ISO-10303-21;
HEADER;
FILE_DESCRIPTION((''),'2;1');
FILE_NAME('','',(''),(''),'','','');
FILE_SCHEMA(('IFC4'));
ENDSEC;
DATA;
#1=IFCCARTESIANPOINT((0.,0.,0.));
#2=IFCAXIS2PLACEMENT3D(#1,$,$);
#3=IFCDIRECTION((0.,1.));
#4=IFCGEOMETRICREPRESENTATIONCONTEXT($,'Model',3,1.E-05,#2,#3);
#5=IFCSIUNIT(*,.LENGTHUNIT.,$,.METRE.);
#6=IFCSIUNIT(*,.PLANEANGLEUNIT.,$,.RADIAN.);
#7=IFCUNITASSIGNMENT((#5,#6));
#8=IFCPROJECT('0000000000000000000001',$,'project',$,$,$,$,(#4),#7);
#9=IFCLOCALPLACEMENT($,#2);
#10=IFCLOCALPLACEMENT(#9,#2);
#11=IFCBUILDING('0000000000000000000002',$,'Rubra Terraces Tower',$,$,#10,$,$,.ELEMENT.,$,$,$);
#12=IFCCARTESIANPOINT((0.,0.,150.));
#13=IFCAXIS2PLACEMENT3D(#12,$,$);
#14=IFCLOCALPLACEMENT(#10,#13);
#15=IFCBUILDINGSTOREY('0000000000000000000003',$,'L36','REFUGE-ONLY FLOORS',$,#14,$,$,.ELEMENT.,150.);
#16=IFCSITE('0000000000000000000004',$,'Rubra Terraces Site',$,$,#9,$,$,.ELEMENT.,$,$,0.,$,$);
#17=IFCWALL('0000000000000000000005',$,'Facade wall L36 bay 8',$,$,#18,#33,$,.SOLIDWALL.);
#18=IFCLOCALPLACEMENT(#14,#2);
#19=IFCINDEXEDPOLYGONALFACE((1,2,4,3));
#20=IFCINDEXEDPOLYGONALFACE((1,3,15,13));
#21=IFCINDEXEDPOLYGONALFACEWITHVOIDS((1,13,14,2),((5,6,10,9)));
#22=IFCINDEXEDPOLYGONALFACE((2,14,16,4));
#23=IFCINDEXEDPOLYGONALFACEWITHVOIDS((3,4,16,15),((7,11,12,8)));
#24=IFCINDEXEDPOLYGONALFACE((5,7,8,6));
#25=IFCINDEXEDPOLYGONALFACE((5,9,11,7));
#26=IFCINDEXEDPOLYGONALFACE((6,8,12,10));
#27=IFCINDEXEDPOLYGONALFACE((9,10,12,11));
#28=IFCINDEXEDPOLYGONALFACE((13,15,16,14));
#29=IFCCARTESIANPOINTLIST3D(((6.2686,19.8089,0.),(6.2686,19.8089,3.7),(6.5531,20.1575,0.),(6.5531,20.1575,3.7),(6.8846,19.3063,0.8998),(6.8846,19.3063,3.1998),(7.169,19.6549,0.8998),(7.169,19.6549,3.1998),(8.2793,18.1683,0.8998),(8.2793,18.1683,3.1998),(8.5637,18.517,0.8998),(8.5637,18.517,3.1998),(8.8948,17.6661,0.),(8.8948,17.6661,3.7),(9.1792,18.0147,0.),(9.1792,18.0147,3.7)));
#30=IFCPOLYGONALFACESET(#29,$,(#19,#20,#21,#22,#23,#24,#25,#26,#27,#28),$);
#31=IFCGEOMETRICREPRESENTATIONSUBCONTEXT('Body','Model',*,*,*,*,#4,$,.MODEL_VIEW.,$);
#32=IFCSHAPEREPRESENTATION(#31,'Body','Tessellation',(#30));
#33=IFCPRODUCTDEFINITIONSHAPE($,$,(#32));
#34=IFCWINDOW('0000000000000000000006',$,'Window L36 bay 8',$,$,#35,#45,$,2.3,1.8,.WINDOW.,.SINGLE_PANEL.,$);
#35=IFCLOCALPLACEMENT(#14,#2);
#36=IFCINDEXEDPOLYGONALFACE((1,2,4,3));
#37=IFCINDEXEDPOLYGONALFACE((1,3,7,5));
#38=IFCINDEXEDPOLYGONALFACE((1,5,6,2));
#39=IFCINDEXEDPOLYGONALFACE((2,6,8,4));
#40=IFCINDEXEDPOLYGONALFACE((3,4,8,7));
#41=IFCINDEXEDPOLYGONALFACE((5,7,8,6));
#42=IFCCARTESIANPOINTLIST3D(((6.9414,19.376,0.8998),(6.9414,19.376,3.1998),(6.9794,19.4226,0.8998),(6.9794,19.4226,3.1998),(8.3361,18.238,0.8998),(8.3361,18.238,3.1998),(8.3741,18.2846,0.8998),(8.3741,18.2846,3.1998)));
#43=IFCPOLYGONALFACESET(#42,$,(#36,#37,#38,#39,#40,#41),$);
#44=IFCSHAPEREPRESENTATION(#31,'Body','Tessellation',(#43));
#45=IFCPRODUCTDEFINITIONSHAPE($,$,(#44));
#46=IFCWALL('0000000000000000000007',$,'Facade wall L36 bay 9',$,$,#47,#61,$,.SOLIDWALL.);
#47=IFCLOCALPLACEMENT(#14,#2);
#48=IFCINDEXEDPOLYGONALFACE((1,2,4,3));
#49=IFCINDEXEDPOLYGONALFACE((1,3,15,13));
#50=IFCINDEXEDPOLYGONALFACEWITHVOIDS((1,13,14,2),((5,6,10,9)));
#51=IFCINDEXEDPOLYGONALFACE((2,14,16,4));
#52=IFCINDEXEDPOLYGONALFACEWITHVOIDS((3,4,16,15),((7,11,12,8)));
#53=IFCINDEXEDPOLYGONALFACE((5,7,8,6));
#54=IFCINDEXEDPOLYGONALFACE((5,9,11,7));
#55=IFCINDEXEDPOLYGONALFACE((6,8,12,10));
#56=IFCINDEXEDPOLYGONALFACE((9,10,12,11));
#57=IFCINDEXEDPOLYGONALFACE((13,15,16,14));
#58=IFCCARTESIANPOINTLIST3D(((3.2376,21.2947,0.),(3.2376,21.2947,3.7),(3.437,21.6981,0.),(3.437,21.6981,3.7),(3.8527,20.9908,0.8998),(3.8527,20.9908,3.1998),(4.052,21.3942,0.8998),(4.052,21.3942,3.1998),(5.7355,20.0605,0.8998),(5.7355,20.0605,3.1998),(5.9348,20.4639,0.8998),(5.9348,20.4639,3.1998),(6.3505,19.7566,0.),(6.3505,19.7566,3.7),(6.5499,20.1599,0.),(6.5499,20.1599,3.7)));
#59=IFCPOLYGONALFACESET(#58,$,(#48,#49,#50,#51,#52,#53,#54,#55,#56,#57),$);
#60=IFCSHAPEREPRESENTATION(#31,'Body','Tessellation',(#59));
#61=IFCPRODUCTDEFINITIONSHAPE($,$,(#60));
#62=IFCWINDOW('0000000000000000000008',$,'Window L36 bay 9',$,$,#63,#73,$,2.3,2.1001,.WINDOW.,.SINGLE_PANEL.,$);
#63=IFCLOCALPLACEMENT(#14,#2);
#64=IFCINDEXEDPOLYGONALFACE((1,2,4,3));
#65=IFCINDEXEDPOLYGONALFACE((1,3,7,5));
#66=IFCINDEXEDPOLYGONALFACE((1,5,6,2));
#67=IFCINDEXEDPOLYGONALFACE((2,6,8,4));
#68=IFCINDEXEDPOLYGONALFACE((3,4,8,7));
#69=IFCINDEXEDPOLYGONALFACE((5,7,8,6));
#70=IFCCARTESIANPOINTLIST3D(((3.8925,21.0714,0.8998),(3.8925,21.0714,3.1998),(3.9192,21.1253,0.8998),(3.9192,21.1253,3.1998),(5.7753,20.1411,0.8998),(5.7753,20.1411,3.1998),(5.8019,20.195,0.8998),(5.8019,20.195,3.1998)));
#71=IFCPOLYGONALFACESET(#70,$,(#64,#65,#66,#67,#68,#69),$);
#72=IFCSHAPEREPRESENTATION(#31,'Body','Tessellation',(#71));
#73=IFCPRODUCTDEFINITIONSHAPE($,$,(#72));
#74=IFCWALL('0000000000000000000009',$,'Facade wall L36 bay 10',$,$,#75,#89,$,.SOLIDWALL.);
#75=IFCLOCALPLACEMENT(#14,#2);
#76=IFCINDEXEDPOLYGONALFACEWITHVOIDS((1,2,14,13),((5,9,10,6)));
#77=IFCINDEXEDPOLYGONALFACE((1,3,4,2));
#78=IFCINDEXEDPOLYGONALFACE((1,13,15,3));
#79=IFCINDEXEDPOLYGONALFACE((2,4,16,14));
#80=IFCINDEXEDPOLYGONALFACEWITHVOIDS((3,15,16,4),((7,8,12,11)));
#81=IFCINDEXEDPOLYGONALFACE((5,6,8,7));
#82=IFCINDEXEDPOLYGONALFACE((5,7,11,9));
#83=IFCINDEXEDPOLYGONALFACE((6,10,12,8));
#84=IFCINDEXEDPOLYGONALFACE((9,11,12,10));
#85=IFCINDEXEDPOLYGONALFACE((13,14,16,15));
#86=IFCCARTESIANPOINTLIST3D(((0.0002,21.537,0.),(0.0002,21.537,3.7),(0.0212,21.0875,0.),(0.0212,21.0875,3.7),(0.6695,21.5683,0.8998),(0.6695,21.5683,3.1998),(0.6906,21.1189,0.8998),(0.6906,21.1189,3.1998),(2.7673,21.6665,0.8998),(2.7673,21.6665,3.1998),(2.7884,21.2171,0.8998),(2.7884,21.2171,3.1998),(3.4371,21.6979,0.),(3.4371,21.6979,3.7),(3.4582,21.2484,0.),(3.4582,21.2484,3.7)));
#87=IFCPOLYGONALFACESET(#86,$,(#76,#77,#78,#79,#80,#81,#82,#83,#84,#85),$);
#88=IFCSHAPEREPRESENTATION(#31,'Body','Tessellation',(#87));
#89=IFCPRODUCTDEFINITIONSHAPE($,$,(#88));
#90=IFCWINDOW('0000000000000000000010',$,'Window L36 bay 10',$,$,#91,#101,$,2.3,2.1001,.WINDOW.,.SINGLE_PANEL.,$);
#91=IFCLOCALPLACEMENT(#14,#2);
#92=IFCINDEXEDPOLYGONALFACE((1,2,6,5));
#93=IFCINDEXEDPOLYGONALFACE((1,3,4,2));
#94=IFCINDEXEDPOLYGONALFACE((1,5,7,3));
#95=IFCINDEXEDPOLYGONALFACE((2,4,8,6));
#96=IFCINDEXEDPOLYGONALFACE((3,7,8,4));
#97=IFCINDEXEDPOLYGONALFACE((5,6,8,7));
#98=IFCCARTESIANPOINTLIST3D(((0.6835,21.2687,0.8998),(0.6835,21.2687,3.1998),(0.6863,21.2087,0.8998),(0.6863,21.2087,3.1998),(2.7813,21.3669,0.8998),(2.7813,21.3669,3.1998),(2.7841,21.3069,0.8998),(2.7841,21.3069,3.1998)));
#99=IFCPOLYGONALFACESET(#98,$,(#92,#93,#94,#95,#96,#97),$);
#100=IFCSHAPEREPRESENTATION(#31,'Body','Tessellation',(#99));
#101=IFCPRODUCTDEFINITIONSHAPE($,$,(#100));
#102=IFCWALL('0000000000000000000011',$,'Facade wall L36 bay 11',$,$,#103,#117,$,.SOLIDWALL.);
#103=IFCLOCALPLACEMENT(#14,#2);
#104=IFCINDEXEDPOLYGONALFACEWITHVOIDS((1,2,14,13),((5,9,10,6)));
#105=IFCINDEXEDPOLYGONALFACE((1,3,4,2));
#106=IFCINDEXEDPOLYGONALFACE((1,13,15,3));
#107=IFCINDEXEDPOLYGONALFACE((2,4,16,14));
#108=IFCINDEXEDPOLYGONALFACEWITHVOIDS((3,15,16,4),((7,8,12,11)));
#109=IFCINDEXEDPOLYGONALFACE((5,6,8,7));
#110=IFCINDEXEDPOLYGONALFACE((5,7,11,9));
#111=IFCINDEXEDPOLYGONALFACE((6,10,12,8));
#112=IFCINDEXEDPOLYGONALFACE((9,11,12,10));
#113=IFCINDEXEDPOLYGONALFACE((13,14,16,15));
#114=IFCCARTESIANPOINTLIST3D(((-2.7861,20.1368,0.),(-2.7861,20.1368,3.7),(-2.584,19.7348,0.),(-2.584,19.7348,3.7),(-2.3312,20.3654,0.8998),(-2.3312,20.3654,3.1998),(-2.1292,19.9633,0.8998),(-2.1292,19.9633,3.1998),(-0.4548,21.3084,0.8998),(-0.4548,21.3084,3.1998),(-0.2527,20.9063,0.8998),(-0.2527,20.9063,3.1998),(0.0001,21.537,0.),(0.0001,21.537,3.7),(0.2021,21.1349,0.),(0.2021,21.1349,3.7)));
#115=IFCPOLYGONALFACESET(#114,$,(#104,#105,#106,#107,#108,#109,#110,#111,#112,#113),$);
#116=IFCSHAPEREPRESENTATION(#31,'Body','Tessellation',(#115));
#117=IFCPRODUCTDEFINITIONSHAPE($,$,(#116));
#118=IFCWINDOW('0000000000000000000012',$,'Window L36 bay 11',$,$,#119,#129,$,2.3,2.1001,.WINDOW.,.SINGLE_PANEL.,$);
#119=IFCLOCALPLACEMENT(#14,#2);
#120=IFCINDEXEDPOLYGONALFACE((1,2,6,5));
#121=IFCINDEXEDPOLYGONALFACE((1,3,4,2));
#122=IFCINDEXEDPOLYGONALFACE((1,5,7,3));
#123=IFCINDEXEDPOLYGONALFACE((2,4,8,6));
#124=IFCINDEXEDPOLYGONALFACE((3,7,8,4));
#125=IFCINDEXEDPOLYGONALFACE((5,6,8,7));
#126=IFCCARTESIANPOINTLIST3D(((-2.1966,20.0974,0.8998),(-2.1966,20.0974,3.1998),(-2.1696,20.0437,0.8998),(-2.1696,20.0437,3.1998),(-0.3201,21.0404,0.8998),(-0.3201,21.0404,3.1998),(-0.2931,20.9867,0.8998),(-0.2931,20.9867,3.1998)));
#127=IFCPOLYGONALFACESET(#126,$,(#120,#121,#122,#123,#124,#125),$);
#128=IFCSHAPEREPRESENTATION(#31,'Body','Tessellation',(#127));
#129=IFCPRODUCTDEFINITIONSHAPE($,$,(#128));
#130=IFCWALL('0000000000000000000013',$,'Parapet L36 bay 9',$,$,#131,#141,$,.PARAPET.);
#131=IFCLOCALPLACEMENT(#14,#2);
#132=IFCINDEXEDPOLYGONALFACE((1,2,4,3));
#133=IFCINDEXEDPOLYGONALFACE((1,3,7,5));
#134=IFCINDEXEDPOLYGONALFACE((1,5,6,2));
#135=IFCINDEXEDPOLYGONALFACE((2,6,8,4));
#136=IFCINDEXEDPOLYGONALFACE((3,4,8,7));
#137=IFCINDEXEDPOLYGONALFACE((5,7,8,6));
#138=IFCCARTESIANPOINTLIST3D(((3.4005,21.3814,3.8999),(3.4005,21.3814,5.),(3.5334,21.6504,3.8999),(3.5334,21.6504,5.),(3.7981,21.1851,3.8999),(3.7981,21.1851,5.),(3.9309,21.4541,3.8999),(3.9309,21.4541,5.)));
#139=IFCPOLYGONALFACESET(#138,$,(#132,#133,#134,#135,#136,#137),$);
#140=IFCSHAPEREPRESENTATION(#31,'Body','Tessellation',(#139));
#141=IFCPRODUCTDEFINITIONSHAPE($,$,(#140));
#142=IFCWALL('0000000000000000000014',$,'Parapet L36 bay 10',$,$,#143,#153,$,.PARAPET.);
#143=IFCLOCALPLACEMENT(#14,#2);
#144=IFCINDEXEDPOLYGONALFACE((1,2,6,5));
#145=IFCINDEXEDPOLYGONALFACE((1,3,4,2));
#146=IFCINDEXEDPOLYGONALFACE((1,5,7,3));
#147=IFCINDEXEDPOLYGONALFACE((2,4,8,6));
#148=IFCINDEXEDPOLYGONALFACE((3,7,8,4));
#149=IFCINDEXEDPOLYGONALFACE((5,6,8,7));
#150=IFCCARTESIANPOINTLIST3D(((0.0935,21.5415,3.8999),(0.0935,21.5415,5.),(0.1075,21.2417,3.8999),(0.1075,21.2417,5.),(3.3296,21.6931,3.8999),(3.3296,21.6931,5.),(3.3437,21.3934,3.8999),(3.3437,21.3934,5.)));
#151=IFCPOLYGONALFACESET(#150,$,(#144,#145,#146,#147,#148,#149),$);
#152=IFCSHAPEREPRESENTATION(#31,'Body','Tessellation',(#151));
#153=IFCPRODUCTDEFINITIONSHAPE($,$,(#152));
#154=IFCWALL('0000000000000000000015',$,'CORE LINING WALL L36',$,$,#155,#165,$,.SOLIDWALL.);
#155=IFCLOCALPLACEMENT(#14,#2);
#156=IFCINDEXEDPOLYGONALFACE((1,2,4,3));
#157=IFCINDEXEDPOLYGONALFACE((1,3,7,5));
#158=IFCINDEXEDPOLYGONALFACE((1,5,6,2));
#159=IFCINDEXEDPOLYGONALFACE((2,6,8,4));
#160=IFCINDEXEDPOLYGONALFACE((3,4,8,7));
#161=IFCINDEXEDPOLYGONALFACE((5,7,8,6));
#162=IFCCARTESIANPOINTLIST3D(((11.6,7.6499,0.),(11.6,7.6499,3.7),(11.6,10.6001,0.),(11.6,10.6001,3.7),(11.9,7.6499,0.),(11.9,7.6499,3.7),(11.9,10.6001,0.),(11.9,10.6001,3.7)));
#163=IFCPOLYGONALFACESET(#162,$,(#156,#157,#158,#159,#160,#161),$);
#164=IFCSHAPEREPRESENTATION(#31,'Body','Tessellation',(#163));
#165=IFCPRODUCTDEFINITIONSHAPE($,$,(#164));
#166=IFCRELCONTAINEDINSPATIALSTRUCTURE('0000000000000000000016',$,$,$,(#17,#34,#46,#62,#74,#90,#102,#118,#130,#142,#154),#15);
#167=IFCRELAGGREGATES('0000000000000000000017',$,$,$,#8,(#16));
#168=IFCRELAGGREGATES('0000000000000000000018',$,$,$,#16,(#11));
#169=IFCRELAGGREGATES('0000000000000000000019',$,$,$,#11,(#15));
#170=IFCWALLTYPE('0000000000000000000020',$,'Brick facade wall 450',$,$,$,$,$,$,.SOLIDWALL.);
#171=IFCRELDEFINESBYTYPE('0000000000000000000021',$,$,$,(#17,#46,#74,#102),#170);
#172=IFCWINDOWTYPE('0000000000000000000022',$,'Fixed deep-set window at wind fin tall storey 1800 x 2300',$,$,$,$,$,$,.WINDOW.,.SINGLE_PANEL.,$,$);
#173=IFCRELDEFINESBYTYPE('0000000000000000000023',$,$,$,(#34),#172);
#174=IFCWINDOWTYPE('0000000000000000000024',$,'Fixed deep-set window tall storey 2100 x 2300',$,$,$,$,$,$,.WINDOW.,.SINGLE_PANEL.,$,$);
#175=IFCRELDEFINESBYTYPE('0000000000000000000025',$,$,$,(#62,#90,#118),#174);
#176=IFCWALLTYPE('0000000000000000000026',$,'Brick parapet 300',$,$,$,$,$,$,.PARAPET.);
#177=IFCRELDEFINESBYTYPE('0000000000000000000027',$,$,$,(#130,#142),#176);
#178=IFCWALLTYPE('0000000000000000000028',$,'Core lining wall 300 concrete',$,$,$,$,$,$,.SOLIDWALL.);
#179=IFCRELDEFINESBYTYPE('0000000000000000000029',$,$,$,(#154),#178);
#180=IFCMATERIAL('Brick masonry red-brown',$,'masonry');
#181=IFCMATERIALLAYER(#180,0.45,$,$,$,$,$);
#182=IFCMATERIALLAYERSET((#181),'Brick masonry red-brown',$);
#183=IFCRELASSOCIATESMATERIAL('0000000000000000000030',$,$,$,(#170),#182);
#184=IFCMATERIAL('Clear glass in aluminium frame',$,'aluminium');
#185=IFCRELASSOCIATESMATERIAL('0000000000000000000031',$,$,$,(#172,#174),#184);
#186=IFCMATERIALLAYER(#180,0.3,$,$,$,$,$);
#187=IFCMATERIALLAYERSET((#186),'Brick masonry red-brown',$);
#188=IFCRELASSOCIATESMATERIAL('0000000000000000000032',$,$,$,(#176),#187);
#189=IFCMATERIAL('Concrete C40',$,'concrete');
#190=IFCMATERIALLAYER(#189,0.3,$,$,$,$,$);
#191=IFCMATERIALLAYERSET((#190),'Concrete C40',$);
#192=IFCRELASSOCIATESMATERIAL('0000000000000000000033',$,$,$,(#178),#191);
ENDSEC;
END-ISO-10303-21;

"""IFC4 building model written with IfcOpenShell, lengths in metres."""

from ifc_helpers import new_model, si_unit, direction, frame, frame_2d, origin, place, context, subcontext, project, spatial, rectangle, extrude, material, layer, layer_set, type_object, element, fill, save


model = new_model("IFC4")

# Units and contexts
model_context = context("Model", 3, precision=1e-05, world=origin(), true_north=direction((0.0, 1.0)))
body_context = subcontext(model_context, "Body", "Model", "MODEL_VIEW")
ifc_project = project(units=[si_unit("LENGTHUNIT", "METRE"), si_unit("PLANEANGLEUNIT", "RADIAN")], contexts=[model_context])

# Site, building, storey
site_placement = place(None, origin())
site = spatial("IfcSite", under=ifc_project, at=site_placement, Name="Rubra Terraces Site", CompositionType="ELEMENT", RefElevation=0.0)
building_placement = place(site_placement, origin())
building = spatial("IfcBuilding", under=site, at=building_placement, Name="Rubra Terraces Tower", CompositionType="ELEMENT")
storey_placement = place(building_placement, frame((0.0, 0.0, 150.0)))
storey = spatial("IfcBuildingStorey", under=building, at=storey_placement, Name="L36", Description="REFUGE-ONLY FLOORS", CompositionType="ELEMENT", Elevation=150.0)

# Walls, openings, windows
ifc_material_1 = material(Name="Brick masonry red-brown", Category="masonry")
ifc_layer_1 = layer(ifc_material_1, 0.45)
ifc_layer_set_1 = layer_set([ifc_layer_1], Name="Brick masonry red-brown")
wall_type_1 = type_object("IfcWallType", Name="Brick facade wall 450", PredefinedType="SOLIDWALL", material=ifc_layer_set_1)
wall_1_placement = place(storey_placement, frame((9.0371, 17.8403, 0.0), z_axis=(0.0, 0.0, 1.0), x_axis=(-0.77481, 0.632194, 0.0)))
wall_1 = element("IfcWall", 1, at=wall_1_placement, inside=storey, type_object=wall_type_1, Name="Facade wall L36 bay 8", PredefinedType="SOLIDWALL", context=body_context, shape_type="SweptSolid", body=[
    extrude(rectangle(XDim=3.3894, YDim=0.45, at=frame_2d((1.6948, 0.0))), origin(), (0.0, 0.0, 1.0), 3.7),
])
opening_1_placement = place(wall_1_placement, frame((0.7947, 0.0, 0.8999)))
opening_1 = element("IfcOpeningElement", 2, at=opening_1_placement, cuts=wall_1, PredefinedType="OPENING", context=body_context, shape_type="SweptSolid", body=[
    extrude(rectangle(XDim=1.8, YDim=2.3, at=frame_2d((0.8999, 1.1499))), frame((0.0, 0.2349, 0.0), z_axis=(0.0, -1.0, 0.0), x_axis=(1.0, 0.0, 0.0)), (0.0, 0.0, 1.0), 0.47),
])
ifc_material_2 = material(Name="Clear glass in aluminium frame", Category="aluminium")
window_type_1 = type_object("IfcWindowType", Name="Fixed deep-set window at wind fin tall storey 1800 x 2300", PartitioningType="SINGLE_PANEL", PredefinedType="WINDOW", material=ifc_material_2)
window_1_placement = place(opening_1_placement, origin())
window_1 = element("IfcWindow", 3, at=window_1_placement, inside=storey, type_object=window_type_1, Name="Window L36 bay 8", OverallHeight=2.3, OverallWidth=1.8, PartitioningType="SINGLE_PANEL", PredefinedType="WINDOW", context=body_context, shape_type="SweptSolid", body=[
    extrude(rectangle(XDim=1.8, YDim=2.3, at=frame_2d((0.8999, 1.1499))), frame((0.0, 0.135, 0.0), z_axis=(0.0, -1.0, 0.0), x_axis=(1.0, 0.0, 0.0)), (0.0, 0.0, 1.0), 0.0601),
])
fill(opening_1, window_1)
wall_2_placement = place(storey_placement, frame((6.4502, 19.9583, 0.0), z_axis=(0.0, 0.0, 1.0), x_axis=(-0.896527, 0.44299, 0.0)))
wall_2 = element("IfcWall", 4, at=wall_2_placement, inside=storey, type_object=wall_type_1, Name="Facade wall L36 bay 9", PredefinedType="SOLIDWALL", context=body_context, shape_type="SweptSolid", body=[
    extrude(rectangle(XDim=3.4722, YDim=0.45, at=frame_2d((1.7361, 0.0))), origin(), (0.0, 0.0, 1.0), 3.7),
])
opening_2_placement = place(wall_2_placement, frame((0.686, 0.0, 0.8999)))
opening_2 = element("IfcOpeningElement", 5, at=opening_2_placement, cuts=wall_2, PredefinedType="OPENING", context=body_context, shape_type="SweptSolid", body=[
    extrude(rectangle(XDim=2.1001, YDim=2.3, at=frame_2d((1.05, 1.1499))), frame((0.0, 0.2349, 0.0), z_axis=(0.0, -1.0, 0.0), x_axis=(1.0, 0.0, 0.0)), (0.0, 0.0, 1.0), 0.47),
])
window_type_2 = type_object("IfcWindowType", Name="Fixed deep-set window tall storey 2100 x 2300", PartitioningType="SINGLE_PANEL", PredefinedType="WINDOW", material=ifc_material_2)
window_2_placement = place(opening_2_placement, origin())
window_2 = element("IfcWindow", 6, at=window_2_placement, inside=storey, type_object=window_type_2, Name="Window L36 bay 9", OverallHeight=2.3, OverallWidth=2.1001, PartitioningType="SINGLE_PANEL", PredefinedType="WINDOW", context=body_context, shape_type="SweptSolid", body=[
    extrude(rectangle(XDim=2.1001, YDim=2.3, at=frame_2d((1.05, 1.1499))), frame((0.0, 0.135, 0.0), z_axis=(0.0, -1.0, 0.0), x_axis=(1.0, 0.0, 0.0)), (0.0, 0.0, 1.0), 0.0601),
])
fill(opening_2, window_2)
wall_3_placement = place(storey_placement, frame((3.4475, 21.4731, 0.0), z_axis=(0.0, 0.0, 1.0), x_axis=(-0.998906, -0.046759, 0.0)))
wall_3 = element("IfcWall", 7, at=wall_3_placement, inside=storey, type_object=wall_type_1, Name="Facade wall L36 bay 10", PredefinedType="SOLIDWALL", context=body_context, shape_type="SweptSolid", body=[
    extrude(rectangle(XDim=3.4407, YDim=0.45, at=frame_2d((1.7202, 0.0))), origin(), (0.0, 0.0, 1.0), 3.7),
])
opening_3_placement = place(wall_3_placement, frame((0.6704, 0.0, 0.8999)))
opening_3 = element("IfcOpeningElement", 8, at=opening_3_placement, cuts=wall_3, PredefinedType="OPENING", context=body_context, shape_type="SweptSolid", body=[
    extrude(rectangle(XDim=2.1001, YDim=2.3, at=frame_2d((1.05, 1.1499))), frame((0.0, 0.2349, 0.0), z_axis=(0.0, -1.0, 0.0), x_axis=(1.0, 0.0, 0.0)), (0.0, 0.0, 1.0), 0.47),
])
window_3_placement = place(opening_3_placement, origin())
window_3 = element("IfcWindow", 9, at=window_3_placement, inside=storey, type_object=window_type_2, Name="Window L36 bay 10", OverallHeight=2.3, OverallWidth=2.1001, PartitioningType="SINGLE_PANEL", PredefinedType="WINDOW", context=body_context, shape_type="SweptSolid", body=[
    extrude(rectangle(XDim=2.1001, YDim=2.3, at=frame_2d((1.05, 1.1499))), frame((0.0, 0.135, 0.0), z_axis=(0.0, -1.0, 0.0), x_axis=(1.0, 0.0, 0.0)), (0.0, 0.0, 1.0), 0.0601),
])
fill(opening_3, window_3)
wall_4_placement = place(storey_placement, frame((0.1011, 21.3359, 0.0), z_axis=(0.0, 0.0, 1.0), x_axis=(-0.893517, -0.449029, 0.0)))
wall_4 = element("IfcWall", 10, at=wall_4_placement, inside=storey, type_object=wall_type_1, Name="Facade wall L36 bay 11", PredefinedType="SOLIDWALL", context=body_context, shape_type="SweptSolid", body=[
    extrude(rectangle(XDim=3.1182, YDim=0.45, at=frame_2d((1.5591, 0.0))), origin(), (0.0, 0.0, 1.0), 3.7),
])
opening_4_placement = place(wall_4_placement, frame((0.509, 0.0, 0.8999)))
opening_4 = element("IfcOpeningElement", 11, at=opening_4_placement, cuts=wall_4, PredefinedType="OPENING", context=body_context, shape_type="SweptSolid", body=[
    extrude(rectangle(XDim=2.1001, YDim=2.3, at=frame_2d((1.05, 1.1499))), frame((0.0, 0.2349, 0.0), z_axis=(0.0, -1.0, 0.0), x_axis=(1.0, 0.0, 0.0)), (0.0, 0.0, 1.0), 0.47),
])
window_4_placement = place(opening_4_placement, origin())
window_4 = element("IfcWindow", 12, at=window_4_placement, inside=storey, type_object=window_type_2, Name="Window L36 bay 11", OverallHeight=2.3, OverallWidth=2.1001, PartitioningType="SINGLE_PANEL", PredefinedType="WINDOW", context=body_context, shape_type="SweptSolid", body=[
    extrude(rectangle(XDim=2.1001, YDim=2.3, at=frame_2d((1.05, 1.1499))), frame((0.0, 0.135, 0.0), z_axis=(0.0, -1.0, 0.0), x_axis=(1.0, 0.0, 0.0)), (0.0, 0.0, 1.0), 0.0601),
])
fill(opening_4, window_4)

# Walls
ifc_layer_2 = layer(ifc_material_1, 0.3)
ifc_layer_set_2 = layer_set([ifc_layer_2], Name="Brick masonry red-brown")
wall_type_2 = type_object("IfcWallType", Name="Brick parapet 300", PredefinedType="PARAPET", material=ifc_layer_set_2)
wall_5_placement = place(storey_placement, frame((3.8645, 21.3196, 3.8999), z_axis=(0.0, 0.0, 1.0), x_axis=(-0.896619, 0.442802, 0.0)))
element("IfcWall", 13, at=wall_5_placement, inside=storey, type_object=wall_type_2, Name="Parapet L36 bay 9", PredefinedType="PARAPET", context=body_context, shape_type="SweptSolid", body=[
    extrude(rectangle(XDim=0.4434, YDim=0.3, at=frame_2d((0.2217, 0.0))), origin(), (0.0, 0.0, 1.0), 1.1001),
])
wall_6_placement = place(storey_placement, frame((3.3367, 21.5432, 3.8999), z_axis=(0.0, 0.0, 1.0), x_axis=(-0.998904, -0.046799, 0.0)))
element("IfcWall", 14, at=wall_6_placement, inside=storey, type_object=wall_type_2, Name="Parapet L36 bay 10", PredefinedType="PARAPET", context=body_context, shape_type="SweptSolid", body=[
    extrude(rectangle(XDim=3.2397, YDim=0.3, at=frame_2d((1.6199, 0.0))), origin(), (0.0, 0.0, 1.0), 1.1001),
])
ifc_material_3 = material(Name="Concrete C40", Category="concrete")
ifc_layer_3 = layer(ifc_material_3, 0.3)
ifc_layer_set_3 = layer_set([ifc_layer_3], Name="Concrete C40")
wall_type_3 = type_object("IfcWallType", Name="Core lining wall 300 concrete", PredefinedType="SOLIDWALL", material=ifc_layer_set_3)
wall_7_placement = place(storey_placement, frame((11.75, 10.6001, 0.0), z_axis=(0.0, 0.0, 1.0), x_axis=(0.0, -1.0, 0.0)))
element("IfcWall", 15, at=wall_7_placement, inside=storey, type_object=wall_type_3, Name="CORE LINING WALL L36", PredefinedType="SOLIDWALL", context=body_context, shape_type="SweptSolid", body=[
    extrude(rectangle(XDim=2.9502, YDim=0.3, at=frame_2d((1.4751, 0.0))), origin(), (0.0, 0.0, 1.0), 3.7),
])

save(model, "model.ifc")
